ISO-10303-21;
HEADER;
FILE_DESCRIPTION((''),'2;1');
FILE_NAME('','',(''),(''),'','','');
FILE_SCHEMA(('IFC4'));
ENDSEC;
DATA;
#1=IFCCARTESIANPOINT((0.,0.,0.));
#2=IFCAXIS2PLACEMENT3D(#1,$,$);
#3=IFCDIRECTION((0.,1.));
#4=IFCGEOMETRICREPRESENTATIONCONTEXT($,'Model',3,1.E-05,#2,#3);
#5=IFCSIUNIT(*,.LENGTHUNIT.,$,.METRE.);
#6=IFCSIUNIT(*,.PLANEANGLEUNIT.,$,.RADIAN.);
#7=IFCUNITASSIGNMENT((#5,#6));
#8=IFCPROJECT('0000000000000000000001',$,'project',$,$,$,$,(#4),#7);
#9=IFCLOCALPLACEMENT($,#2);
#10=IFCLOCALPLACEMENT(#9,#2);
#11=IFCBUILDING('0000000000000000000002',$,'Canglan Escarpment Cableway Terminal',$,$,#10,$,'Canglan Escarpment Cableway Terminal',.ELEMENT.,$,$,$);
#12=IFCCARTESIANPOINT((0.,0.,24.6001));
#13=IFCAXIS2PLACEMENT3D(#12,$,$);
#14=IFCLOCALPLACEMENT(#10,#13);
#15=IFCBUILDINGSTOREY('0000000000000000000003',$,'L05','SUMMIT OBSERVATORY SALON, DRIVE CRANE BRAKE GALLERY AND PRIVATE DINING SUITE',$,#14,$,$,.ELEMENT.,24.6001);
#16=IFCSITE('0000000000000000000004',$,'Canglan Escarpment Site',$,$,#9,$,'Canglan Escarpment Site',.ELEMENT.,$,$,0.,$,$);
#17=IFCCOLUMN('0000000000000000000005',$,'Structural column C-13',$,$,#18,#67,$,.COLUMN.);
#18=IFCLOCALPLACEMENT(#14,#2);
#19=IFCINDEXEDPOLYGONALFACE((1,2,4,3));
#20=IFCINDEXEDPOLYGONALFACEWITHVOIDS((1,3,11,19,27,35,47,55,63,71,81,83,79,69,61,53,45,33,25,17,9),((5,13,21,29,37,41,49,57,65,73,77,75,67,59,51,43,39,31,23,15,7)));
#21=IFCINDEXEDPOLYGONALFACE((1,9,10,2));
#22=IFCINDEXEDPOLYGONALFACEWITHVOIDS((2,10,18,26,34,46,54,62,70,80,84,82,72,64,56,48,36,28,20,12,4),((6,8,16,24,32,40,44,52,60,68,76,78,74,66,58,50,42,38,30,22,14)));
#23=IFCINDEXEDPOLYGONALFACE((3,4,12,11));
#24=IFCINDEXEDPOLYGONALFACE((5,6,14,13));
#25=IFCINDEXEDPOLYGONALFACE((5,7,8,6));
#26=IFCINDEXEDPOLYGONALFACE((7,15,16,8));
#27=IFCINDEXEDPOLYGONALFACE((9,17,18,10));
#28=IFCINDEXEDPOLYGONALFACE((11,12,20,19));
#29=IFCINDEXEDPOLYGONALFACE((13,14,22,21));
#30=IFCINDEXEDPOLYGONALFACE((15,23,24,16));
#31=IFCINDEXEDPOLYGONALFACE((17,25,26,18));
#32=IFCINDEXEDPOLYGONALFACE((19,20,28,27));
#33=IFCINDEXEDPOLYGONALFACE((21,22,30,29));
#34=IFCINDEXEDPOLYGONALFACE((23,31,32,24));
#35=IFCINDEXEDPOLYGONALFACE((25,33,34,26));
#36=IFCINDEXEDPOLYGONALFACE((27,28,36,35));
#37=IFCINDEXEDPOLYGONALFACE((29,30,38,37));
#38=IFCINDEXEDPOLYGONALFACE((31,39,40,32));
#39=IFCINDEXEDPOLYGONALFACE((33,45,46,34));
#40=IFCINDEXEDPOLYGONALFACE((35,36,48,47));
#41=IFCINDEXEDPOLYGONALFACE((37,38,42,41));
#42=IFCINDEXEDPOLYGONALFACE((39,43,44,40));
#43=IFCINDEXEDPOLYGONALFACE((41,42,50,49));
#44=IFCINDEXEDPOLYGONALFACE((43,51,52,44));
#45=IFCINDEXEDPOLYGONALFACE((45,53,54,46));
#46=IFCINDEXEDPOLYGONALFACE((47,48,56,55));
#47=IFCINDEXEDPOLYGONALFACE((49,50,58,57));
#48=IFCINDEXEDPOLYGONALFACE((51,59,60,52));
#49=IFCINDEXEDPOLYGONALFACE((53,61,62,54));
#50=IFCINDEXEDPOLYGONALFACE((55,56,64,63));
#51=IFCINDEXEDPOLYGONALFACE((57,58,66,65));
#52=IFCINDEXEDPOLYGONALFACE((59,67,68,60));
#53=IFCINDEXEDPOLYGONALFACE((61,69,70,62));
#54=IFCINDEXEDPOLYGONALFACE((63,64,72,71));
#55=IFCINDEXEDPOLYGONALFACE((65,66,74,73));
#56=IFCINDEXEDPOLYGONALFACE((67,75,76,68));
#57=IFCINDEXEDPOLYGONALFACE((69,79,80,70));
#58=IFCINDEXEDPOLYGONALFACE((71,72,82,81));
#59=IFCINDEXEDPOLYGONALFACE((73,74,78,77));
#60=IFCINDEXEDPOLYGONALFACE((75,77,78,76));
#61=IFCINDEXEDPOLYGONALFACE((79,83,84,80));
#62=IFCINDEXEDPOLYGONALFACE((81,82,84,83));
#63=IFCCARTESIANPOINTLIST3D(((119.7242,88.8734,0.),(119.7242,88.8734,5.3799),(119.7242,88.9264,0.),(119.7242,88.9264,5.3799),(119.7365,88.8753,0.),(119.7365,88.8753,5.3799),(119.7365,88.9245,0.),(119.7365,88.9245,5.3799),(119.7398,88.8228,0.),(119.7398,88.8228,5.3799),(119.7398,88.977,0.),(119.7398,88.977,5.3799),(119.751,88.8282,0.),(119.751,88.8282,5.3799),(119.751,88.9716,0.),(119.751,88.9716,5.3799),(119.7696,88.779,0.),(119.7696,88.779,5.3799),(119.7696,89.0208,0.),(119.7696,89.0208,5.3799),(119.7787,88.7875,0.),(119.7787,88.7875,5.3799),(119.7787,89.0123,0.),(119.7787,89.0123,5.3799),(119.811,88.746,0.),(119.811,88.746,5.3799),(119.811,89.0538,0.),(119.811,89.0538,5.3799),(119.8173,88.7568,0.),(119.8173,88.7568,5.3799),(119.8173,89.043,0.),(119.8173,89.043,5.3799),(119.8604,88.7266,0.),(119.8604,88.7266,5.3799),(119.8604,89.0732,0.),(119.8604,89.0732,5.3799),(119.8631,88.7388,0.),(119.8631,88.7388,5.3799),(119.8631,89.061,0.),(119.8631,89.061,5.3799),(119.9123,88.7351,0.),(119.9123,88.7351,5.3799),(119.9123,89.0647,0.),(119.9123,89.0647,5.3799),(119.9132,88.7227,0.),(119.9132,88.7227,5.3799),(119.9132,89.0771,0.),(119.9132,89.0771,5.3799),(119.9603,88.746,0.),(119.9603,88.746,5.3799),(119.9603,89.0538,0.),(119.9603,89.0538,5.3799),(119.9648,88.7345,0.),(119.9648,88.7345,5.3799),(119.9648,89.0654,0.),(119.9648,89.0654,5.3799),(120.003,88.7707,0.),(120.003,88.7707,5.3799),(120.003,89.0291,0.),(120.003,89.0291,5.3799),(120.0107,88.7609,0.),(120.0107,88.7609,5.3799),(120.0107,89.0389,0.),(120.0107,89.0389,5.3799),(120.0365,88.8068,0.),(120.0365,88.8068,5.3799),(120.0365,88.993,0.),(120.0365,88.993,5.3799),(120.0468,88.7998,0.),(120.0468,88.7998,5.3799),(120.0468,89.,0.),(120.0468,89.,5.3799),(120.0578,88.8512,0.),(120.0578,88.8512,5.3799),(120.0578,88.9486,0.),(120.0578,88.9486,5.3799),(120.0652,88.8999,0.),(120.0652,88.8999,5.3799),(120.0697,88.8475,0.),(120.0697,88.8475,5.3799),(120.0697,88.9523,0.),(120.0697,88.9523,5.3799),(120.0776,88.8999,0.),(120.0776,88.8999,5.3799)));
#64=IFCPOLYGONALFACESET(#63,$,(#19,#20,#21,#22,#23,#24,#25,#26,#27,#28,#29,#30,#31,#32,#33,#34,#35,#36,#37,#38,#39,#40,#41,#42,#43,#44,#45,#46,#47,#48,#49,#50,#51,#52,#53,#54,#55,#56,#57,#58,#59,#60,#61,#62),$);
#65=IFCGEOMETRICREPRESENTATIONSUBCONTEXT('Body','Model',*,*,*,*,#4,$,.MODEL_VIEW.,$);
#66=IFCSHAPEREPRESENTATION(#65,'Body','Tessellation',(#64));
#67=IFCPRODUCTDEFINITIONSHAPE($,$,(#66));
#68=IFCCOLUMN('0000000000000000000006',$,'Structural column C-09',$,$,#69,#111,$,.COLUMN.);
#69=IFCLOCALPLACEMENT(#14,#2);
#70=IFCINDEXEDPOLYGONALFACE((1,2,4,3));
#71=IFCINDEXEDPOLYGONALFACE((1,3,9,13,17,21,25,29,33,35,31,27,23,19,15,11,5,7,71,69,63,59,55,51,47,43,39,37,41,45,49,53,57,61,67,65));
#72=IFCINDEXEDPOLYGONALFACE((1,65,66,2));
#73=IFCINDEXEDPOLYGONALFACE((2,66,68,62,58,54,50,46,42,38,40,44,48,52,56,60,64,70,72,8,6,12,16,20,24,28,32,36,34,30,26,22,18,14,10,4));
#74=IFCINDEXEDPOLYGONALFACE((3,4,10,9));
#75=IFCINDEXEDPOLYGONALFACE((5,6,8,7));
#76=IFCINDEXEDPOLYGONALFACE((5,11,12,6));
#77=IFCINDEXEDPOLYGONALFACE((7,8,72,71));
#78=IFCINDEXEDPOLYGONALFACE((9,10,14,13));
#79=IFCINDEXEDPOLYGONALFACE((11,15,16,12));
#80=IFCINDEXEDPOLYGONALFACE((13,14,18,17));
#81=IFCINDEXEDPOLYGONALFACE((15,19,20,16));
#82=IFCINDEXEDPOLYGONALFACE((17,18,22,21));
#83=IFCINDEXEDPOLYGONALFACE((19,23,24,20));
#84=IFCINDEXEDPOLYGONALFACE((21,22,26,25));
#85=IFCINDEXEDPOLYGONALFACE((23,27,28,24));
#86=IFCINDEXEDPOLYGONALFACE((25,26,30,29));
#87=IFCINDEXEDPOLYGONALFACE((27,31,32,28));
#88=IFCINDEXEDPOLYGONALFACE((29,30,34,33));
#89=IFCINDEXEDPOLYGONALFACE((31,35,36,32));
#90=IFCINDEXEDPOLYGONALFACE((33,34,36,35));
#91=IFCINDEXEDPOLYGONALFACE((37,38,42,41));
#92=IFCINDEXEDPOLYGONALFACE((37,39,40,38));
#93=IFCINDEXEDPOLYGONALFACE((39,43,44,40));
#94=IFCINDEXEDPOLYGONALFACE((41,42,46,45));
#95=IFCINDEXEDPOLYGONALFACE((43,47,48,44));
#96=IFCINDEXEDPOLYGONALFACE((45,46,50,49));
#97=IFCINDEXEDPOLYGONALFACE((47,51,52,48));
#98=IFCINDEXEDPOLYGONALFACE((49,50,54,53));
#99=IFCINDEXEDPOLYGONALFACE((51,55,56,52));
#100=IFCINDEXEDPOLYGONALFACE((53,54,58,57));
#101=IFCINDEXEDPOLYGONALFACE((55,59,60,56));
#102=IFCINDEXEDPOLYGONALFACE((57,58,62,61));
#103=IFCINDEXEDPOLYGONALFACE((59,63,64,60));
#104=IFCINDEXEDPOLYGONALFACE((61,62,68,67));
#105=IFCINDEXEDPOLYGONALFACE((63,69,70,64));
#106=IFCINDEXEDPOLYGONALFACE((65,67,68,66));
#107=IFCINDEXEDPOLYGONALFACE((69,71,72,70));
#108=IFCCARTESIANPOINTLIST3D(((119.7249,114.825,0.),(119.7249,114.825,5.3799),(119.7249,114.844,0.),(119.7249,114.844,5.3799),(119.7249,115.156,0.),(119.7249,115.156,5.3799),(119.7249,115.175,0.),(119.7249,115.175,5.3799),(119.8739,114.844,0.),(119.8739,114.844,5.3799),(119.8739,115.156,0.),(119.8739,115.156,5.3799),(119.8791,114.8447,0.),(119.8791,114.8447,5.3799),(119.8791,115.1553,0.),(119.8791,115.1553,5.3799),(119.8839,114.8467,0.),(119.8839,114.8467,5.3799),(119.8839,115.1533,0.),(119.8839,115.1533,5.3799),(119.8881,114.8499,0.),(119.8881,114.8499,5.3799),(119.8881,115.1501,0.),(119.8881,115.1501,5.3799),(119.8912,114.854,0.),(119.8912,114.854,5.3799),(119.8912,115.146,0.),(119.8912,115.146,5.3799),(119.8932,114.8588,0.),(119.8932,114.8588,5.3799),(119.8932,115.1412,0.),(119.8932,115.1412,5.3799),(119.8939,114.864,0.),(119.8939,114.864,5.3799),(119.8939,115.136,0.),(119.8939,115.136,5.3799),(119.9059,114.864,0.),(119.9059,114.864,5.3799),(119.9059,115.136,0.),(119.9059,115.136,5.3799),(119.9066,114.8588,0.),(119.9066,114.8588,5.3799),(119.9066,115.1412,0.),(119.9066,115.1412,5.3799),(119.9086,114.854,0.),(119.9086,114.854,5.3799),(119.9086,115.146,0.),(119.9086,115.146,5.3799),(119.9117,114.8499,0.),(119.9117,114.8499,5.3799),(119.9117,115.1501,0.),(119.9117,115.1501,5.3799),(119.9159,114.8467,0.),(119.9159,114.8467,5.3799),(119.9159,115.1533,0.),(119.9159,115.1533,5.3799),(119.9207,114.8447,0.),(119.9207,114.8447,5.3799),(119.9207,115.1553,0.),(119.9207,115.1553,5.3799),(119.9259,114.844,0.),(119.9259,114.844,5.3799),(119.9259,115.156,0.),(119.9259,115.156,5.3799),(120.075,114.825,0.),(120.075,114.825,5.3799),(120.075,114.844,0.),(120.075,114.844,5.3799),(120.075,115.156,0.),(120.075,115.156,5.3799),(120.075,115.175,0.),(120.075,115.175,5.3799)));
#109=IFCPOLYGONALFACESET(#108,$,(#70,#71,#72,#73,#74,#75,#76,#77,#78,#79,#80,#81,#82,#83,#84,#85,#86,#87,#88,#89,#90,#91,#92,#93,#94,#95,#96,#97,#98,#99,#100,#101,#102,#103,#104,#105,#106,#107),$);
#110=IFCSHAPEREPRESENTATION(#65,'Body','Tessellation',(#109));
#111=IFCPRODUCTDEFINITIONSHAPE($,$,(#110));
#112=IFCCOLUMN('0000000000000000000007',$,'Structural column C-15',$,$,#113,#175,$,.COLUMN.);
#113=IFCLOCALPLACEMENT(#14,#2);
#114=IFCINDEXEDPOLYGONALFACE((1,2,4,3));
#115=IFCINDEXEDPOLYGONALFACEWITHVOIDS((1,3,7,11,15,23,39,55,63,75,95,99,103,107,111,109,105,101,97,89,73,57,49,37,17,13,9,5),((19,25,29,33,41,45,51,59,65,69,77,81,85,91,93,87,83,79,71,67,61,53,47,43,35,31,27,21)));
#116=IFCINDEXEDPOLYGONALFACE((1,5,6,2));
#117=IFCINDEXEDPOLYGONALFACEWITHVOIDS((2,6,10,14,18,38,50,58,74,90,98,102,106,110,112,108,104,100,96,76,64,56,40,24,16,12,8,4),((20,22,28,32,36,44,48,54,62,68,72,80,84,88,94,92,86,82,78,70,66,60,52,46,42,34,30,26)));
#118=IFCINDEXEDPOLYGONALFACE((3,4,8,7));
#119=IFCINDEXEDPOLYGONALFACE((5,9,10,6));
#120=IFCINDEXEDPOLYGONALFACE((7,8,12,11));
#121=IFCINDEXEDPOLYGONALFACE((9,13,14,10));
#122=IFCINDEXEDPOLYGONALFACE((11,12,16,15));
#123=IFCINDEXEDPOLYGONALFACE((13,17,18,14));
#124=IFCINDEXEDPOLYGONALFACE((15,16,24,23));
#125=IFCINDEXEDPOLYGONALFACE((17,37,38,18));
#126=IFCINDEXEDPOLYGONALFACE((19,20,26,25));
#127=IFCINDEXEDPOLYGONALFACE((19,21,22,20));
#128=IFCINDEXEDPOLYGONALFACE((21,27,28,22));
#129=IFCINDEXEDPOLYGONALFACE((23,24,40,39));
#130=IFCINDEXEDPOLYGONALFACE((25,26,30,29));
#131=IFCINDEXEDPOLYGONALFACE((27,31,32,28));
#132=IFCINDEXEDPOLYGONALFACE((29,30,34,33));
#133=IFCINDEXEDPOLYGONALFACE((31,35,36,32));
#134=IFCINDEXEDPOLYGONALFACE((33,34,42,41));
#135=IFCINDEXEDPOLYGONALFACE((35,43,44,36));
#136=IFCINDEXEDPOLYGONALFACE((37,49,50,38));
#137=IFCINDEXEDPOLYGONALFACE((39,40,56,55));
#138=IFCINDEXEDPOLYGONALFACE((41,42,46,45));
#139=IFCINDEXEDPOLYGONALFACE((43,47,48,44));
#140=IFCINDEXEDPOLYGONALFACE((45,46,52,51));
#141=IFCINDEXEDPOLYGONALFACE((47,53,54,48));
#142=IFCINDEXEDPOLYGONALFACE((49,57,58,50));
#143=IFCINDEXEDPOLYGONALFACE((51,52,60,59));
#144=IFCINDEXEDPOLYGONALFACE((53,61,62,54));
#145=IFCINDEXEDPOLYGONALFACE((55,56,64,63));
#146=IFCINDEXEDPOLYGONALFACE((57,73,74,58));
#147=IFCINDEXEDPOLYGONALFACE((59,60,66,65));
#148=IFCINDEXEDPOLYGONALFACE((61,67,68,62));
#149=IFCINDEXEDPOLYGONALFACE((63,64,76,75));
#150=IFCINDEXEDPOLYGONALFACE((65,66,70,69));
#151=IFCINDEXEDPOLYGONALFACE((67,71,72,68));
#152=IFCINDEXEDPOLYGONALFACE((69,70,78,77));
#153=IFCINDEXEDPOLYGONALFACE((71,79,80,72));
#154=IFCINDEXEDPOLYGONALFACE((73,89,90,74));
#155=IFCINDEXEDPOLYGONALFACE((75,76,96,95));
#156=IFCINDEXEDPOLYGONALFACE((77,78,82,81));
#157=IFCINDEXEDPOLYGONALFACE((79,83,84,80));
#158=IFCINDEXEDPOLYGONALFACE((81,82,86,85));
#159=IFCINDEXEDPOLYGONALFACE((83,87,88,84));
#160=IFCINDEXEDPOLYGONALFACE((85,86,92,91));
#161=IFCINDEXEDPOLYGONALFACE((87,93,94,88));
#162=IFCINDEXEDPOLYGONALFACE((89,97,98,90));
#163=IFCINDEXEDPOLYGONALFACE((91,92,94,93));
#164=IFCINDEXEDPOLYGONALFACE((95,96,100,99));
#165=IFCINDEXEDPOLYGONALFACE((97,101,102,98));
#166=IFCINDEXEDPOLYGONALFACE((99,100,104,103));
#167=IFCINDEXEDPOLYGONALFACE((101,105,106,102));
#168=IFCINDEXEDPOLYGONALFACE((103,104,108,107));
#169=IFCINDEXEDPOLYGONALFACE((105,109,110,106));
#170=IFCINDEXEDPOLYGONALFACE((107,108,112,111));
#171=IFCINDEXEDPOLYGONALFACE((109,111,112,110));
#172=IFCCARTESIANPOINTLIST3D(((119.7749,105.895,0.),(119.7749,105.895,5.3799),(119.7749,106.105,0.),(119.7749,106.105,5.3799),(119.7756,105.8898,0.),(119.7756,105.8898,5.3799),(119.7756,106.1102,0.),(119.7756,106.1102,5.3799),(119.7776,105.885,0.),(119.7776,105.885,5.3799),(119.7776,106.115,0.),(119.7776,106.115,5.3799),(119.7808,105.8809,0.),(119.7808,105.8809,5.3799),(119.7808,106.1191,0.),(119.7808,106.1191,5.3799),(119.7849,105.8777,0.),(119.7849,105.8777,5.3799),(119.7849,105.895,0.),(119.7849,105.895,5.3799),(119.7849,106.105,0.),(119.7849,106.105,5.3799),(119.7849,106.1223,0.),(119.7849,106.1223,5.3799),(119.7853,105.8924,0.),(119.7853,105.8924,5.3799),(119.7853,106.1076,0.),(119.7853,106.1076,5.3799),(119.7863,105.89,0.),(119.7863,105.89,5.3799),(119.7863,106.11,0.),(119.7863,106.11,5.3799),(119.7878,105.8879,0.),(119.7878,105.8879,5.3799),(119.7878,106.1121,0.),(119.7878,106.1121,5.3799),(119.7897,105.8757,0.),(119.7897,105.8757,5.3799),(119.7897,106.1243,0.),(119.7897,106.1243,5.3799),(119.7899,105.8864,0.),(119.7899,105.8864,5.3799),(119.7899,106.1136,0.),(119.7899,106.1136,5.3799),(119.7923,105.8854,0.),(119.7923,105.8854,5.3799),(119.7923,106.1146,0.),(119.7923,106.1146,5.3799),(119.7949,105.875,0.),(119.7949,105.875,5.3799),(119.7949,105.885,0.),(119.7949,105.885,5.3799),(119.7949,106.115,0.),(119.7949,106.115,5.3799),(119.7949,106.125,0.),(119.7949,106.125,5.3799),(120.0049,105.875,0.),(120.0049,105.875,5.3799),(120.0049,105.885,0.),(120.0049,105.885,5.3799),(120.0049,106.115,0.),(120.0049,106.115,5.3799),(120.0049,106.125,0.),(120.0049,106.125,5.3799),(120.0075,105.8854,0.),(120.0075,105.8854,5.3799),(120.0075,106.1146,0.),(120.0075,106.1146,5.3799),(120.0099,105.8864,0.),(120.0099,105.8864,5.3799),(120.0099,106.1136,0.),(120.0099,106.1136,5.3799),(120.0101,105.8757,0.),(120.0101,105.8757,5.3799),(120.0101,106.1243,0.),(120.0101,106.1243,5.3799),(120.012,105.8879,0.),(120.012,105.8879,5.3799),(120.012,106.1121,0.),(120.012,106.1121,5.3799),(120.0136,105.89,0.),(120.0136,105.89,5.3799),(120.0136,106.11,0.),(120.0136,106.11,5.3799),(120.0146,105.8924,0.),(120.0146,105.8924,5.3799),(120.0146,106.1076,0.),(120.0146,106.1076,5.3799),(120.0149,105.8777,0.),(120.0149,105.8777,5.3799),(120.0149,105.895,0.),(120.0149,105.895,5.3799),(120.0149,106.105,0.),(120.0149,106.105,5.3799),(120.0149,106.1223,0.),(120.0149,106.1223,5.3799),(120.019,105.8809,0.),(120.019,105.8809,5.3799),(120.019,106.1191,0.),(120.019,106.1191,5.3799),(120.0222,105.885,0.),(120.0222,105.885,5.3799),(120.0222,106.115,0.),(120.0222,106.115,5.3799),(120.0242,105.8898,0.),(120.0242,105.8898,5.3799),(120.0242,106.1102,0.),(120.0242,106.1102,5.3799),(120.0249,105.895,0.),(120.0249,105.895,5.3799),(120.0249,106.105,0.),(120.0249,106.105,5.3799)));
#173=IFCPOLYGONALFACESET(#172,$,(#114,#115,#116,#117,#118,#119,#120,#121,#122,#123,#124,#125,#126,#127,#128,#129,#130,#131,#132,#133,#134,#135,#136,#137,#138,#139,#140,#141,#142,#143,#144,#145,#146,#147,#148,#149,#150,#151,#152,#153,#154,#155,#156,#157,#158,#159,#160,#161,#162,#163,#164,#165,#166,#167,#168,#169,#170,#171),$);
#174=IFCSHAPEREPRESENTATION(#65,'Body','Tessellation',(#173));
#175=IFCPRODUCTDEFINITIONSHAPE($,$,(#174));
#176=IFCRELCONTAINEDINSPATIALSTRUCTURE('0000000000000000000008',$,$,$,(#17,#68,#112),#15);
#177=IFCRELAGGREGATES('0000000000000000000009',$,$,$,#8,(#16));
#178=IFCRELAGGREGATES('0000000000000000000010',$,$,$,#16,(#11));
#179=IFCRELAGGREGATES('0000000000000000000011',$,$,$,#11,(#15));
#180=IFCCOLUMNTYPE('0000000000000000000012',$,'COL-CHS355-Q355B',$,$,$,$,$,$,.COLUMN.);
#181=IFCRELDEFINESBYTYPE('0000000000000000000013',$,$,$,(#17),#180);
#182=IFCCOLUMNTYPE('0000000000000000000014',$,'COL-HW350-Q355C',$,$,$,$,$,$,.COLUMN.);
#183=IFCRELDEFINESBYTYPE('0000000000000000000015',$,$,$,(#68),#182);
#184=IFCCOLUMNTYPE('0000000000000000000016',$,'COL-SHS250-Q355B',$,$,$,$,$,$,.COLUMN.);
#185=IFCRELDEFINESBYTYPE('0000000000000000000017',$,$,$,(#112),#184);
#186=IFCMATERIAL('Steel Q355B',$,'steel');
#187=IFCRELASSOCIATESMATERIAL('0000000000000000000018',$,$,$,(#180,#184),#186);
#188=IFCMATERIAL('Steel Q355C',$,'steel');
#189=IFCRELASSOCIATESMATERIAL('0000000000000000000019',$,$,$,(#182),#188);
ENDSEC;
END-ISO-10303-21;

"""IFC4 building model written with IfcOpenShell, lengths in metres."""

from ifc_helpers import new_model, si_unit, direction, frame, origin, origin_2d, place, context, subcontext, project, spatial, hollow_rectangle, hollow_circle, i_section, extrude, material, material_profile, profile_set, type_object, element, save


model = new_model("IFC4")

# Units and contexts
model_context = context("Model", 3, precision=1e-05, world=origin(), true_north=direction((0.0, 1.0)))
body_context = subcontext(model_context, "Body", "Model", "MODEL_VIEW")
ifc_project = project(units=[si_unit("LENGTHUNIT", "METRE"), si_unit("PLANEANGLEUNIT", "RADIAN")], contexts=[model_context])

# Site, building, storey
site_placement = place(None, origin())
site = spatial("IfcSite", under=ifc_project, at=site_placement, Name="Canglan Escarpment Site", LongName="Canglan Escarpment Site", CompositionType="ELEMENT", RefElevation=0.0)
building_placement = place(site_placement, origin())
building = spatial("IfcBuilding", under=site, at=building_placement, Name="Canglan Escarpment Cableway Terminal", LongName="Canglan Escarpment Cableway Terminal", CompositionType="ELEMENT")
storey_placement = place(building_placement, frame((0.0, 0.0, 24.6001)))
storey = spatial("IfcBuildingStorey", under=building, at=storey_placement, Name="L05", Description="SUMMIT OBSERVATORY SALON, DRIVE CRANE BRAKE GALLERY AND PRIVATE DINING SUITE", CompositionType="ELEMENT", Elevation=24.6001)

# Columns
ifc_material_1 = material(Name="Steel Q355B", Category="steel")
ifc_material_profile_1 = material_profile(ifc_material_1, hollow_circle(Radius=0.1777, WallThickness=0.0125, at=origin_2d()), Name="CHS 355.6x12.5")
ifc_profile_set_1 = profile_set([ifc_material_profile_1], Name="Steel Q355B")
column_type_1 = type_object("IfcColumnType", Name="COL-CHS355-Q355B", PredefinedType="COLUMN", material=ifc_profile_set_1)
column_1_placement = place(storey_placement, frame((119.8999, 88.8999, 0.0), z_axis=(0.0, 0.0, 1.0), x_axis=(1.0, 0.0, 0.0)))
element("IfcColumn", 1, at=column_1_placement, inside=storey, type_object=column_type_1, Name="Structural column C-13", PredefinedType="COLUMN", context=body_context, shape_type="SweptSolid", body=[
    extrude(hollow_circle(Radius=0.1777, WallThickness=0.0125, at=origin_2d()), origin(), (0.0, 0.0, 1.0), 5.3799),
])
ifc_material_2 = material(Name="Steel Q355C", Category="steel")
ifc_material_profile_2 = material_profile(ifc_material_2, i_section(OverallWidth=0.3501, OverallDepth=0.3501, WebThickness=0.012, FlangeThickness=0.019, FilletRadius=0.02, at=origin_2d()), Name="HW 350x350x12x19")
ifc_profile_set_2 = profile_set([ifc_material_profile_2], Name="Steel Q355C")
column_type_2 = type_object("IfcColumnType", Name="COL-HW350-Q355C", PredefinedType="COLUMN", material=ifc_profile_set_2)
column_2_placement = place(storey_placement, frame((119.8999, 115.0, 0.0), z_axis=(0.0, 0.0, 1.0), x_axis=(1.0, 0.0, 0.0)))
element("IfcColumn", 2, at=column_2_placement, inside=storey, type_object=column_type_2, Name="Structural column C-09", PredefinedType="COLUMN", context=body_context, shape_type="SweptSolid", body=[
    extrude(i_section(OverallWidth=0.3501, OverallDepth=0.3501, WebThickness=0.012, FlangeThickness=0.019, FilletRadius=0.02, at=origin_2d()), origin(), (0.0, 0.0, 1.0), 5.3799),
])
ifc_material_profile_3 = material_profile(ifc_material_1, hollow_rectangle(XDim=0.25, YDim=0.25, WallThickness=0.01, InnerFilletRadius=0.01, OuterFilletRadius=0.02, at=origin_2d()), Name="SHS 250x250x10")
ifc_profile_set_3 = profile_set([ifc_material_profile_3], Name="Steel Q355B")
column_type_3 = type_object("IfcColumnType", Name="COL-SHS250-Q355B", PredefinedType="COLUMN", material=ifc_profile_set_3)
column_3_placement = place(storey_placement, frame((119.8999, 106.0, 0.0), z_axis=(0.0, 0.0, 1.0), x_axis=(1.0, 0.0, 0.0)))
element("IfcColumn", 3, at=column_3_placement, inside=storey, type_object=column_type_3, Name="Structural column C-15", PredefinedType="COLUMN", context=body_context, shape_type="SweptSolid", body=[
    extrude(hollow_rectangle(XDim=0.25, YDim=0.25, WallThickness=0.01, InnerFilletRadius=0.01, OuterFilletRadius=0.02, at=origin_2d()), origin(), (0.0, 0.0, 1.0), 5.3799),
])

save(model, "model.ifc")
